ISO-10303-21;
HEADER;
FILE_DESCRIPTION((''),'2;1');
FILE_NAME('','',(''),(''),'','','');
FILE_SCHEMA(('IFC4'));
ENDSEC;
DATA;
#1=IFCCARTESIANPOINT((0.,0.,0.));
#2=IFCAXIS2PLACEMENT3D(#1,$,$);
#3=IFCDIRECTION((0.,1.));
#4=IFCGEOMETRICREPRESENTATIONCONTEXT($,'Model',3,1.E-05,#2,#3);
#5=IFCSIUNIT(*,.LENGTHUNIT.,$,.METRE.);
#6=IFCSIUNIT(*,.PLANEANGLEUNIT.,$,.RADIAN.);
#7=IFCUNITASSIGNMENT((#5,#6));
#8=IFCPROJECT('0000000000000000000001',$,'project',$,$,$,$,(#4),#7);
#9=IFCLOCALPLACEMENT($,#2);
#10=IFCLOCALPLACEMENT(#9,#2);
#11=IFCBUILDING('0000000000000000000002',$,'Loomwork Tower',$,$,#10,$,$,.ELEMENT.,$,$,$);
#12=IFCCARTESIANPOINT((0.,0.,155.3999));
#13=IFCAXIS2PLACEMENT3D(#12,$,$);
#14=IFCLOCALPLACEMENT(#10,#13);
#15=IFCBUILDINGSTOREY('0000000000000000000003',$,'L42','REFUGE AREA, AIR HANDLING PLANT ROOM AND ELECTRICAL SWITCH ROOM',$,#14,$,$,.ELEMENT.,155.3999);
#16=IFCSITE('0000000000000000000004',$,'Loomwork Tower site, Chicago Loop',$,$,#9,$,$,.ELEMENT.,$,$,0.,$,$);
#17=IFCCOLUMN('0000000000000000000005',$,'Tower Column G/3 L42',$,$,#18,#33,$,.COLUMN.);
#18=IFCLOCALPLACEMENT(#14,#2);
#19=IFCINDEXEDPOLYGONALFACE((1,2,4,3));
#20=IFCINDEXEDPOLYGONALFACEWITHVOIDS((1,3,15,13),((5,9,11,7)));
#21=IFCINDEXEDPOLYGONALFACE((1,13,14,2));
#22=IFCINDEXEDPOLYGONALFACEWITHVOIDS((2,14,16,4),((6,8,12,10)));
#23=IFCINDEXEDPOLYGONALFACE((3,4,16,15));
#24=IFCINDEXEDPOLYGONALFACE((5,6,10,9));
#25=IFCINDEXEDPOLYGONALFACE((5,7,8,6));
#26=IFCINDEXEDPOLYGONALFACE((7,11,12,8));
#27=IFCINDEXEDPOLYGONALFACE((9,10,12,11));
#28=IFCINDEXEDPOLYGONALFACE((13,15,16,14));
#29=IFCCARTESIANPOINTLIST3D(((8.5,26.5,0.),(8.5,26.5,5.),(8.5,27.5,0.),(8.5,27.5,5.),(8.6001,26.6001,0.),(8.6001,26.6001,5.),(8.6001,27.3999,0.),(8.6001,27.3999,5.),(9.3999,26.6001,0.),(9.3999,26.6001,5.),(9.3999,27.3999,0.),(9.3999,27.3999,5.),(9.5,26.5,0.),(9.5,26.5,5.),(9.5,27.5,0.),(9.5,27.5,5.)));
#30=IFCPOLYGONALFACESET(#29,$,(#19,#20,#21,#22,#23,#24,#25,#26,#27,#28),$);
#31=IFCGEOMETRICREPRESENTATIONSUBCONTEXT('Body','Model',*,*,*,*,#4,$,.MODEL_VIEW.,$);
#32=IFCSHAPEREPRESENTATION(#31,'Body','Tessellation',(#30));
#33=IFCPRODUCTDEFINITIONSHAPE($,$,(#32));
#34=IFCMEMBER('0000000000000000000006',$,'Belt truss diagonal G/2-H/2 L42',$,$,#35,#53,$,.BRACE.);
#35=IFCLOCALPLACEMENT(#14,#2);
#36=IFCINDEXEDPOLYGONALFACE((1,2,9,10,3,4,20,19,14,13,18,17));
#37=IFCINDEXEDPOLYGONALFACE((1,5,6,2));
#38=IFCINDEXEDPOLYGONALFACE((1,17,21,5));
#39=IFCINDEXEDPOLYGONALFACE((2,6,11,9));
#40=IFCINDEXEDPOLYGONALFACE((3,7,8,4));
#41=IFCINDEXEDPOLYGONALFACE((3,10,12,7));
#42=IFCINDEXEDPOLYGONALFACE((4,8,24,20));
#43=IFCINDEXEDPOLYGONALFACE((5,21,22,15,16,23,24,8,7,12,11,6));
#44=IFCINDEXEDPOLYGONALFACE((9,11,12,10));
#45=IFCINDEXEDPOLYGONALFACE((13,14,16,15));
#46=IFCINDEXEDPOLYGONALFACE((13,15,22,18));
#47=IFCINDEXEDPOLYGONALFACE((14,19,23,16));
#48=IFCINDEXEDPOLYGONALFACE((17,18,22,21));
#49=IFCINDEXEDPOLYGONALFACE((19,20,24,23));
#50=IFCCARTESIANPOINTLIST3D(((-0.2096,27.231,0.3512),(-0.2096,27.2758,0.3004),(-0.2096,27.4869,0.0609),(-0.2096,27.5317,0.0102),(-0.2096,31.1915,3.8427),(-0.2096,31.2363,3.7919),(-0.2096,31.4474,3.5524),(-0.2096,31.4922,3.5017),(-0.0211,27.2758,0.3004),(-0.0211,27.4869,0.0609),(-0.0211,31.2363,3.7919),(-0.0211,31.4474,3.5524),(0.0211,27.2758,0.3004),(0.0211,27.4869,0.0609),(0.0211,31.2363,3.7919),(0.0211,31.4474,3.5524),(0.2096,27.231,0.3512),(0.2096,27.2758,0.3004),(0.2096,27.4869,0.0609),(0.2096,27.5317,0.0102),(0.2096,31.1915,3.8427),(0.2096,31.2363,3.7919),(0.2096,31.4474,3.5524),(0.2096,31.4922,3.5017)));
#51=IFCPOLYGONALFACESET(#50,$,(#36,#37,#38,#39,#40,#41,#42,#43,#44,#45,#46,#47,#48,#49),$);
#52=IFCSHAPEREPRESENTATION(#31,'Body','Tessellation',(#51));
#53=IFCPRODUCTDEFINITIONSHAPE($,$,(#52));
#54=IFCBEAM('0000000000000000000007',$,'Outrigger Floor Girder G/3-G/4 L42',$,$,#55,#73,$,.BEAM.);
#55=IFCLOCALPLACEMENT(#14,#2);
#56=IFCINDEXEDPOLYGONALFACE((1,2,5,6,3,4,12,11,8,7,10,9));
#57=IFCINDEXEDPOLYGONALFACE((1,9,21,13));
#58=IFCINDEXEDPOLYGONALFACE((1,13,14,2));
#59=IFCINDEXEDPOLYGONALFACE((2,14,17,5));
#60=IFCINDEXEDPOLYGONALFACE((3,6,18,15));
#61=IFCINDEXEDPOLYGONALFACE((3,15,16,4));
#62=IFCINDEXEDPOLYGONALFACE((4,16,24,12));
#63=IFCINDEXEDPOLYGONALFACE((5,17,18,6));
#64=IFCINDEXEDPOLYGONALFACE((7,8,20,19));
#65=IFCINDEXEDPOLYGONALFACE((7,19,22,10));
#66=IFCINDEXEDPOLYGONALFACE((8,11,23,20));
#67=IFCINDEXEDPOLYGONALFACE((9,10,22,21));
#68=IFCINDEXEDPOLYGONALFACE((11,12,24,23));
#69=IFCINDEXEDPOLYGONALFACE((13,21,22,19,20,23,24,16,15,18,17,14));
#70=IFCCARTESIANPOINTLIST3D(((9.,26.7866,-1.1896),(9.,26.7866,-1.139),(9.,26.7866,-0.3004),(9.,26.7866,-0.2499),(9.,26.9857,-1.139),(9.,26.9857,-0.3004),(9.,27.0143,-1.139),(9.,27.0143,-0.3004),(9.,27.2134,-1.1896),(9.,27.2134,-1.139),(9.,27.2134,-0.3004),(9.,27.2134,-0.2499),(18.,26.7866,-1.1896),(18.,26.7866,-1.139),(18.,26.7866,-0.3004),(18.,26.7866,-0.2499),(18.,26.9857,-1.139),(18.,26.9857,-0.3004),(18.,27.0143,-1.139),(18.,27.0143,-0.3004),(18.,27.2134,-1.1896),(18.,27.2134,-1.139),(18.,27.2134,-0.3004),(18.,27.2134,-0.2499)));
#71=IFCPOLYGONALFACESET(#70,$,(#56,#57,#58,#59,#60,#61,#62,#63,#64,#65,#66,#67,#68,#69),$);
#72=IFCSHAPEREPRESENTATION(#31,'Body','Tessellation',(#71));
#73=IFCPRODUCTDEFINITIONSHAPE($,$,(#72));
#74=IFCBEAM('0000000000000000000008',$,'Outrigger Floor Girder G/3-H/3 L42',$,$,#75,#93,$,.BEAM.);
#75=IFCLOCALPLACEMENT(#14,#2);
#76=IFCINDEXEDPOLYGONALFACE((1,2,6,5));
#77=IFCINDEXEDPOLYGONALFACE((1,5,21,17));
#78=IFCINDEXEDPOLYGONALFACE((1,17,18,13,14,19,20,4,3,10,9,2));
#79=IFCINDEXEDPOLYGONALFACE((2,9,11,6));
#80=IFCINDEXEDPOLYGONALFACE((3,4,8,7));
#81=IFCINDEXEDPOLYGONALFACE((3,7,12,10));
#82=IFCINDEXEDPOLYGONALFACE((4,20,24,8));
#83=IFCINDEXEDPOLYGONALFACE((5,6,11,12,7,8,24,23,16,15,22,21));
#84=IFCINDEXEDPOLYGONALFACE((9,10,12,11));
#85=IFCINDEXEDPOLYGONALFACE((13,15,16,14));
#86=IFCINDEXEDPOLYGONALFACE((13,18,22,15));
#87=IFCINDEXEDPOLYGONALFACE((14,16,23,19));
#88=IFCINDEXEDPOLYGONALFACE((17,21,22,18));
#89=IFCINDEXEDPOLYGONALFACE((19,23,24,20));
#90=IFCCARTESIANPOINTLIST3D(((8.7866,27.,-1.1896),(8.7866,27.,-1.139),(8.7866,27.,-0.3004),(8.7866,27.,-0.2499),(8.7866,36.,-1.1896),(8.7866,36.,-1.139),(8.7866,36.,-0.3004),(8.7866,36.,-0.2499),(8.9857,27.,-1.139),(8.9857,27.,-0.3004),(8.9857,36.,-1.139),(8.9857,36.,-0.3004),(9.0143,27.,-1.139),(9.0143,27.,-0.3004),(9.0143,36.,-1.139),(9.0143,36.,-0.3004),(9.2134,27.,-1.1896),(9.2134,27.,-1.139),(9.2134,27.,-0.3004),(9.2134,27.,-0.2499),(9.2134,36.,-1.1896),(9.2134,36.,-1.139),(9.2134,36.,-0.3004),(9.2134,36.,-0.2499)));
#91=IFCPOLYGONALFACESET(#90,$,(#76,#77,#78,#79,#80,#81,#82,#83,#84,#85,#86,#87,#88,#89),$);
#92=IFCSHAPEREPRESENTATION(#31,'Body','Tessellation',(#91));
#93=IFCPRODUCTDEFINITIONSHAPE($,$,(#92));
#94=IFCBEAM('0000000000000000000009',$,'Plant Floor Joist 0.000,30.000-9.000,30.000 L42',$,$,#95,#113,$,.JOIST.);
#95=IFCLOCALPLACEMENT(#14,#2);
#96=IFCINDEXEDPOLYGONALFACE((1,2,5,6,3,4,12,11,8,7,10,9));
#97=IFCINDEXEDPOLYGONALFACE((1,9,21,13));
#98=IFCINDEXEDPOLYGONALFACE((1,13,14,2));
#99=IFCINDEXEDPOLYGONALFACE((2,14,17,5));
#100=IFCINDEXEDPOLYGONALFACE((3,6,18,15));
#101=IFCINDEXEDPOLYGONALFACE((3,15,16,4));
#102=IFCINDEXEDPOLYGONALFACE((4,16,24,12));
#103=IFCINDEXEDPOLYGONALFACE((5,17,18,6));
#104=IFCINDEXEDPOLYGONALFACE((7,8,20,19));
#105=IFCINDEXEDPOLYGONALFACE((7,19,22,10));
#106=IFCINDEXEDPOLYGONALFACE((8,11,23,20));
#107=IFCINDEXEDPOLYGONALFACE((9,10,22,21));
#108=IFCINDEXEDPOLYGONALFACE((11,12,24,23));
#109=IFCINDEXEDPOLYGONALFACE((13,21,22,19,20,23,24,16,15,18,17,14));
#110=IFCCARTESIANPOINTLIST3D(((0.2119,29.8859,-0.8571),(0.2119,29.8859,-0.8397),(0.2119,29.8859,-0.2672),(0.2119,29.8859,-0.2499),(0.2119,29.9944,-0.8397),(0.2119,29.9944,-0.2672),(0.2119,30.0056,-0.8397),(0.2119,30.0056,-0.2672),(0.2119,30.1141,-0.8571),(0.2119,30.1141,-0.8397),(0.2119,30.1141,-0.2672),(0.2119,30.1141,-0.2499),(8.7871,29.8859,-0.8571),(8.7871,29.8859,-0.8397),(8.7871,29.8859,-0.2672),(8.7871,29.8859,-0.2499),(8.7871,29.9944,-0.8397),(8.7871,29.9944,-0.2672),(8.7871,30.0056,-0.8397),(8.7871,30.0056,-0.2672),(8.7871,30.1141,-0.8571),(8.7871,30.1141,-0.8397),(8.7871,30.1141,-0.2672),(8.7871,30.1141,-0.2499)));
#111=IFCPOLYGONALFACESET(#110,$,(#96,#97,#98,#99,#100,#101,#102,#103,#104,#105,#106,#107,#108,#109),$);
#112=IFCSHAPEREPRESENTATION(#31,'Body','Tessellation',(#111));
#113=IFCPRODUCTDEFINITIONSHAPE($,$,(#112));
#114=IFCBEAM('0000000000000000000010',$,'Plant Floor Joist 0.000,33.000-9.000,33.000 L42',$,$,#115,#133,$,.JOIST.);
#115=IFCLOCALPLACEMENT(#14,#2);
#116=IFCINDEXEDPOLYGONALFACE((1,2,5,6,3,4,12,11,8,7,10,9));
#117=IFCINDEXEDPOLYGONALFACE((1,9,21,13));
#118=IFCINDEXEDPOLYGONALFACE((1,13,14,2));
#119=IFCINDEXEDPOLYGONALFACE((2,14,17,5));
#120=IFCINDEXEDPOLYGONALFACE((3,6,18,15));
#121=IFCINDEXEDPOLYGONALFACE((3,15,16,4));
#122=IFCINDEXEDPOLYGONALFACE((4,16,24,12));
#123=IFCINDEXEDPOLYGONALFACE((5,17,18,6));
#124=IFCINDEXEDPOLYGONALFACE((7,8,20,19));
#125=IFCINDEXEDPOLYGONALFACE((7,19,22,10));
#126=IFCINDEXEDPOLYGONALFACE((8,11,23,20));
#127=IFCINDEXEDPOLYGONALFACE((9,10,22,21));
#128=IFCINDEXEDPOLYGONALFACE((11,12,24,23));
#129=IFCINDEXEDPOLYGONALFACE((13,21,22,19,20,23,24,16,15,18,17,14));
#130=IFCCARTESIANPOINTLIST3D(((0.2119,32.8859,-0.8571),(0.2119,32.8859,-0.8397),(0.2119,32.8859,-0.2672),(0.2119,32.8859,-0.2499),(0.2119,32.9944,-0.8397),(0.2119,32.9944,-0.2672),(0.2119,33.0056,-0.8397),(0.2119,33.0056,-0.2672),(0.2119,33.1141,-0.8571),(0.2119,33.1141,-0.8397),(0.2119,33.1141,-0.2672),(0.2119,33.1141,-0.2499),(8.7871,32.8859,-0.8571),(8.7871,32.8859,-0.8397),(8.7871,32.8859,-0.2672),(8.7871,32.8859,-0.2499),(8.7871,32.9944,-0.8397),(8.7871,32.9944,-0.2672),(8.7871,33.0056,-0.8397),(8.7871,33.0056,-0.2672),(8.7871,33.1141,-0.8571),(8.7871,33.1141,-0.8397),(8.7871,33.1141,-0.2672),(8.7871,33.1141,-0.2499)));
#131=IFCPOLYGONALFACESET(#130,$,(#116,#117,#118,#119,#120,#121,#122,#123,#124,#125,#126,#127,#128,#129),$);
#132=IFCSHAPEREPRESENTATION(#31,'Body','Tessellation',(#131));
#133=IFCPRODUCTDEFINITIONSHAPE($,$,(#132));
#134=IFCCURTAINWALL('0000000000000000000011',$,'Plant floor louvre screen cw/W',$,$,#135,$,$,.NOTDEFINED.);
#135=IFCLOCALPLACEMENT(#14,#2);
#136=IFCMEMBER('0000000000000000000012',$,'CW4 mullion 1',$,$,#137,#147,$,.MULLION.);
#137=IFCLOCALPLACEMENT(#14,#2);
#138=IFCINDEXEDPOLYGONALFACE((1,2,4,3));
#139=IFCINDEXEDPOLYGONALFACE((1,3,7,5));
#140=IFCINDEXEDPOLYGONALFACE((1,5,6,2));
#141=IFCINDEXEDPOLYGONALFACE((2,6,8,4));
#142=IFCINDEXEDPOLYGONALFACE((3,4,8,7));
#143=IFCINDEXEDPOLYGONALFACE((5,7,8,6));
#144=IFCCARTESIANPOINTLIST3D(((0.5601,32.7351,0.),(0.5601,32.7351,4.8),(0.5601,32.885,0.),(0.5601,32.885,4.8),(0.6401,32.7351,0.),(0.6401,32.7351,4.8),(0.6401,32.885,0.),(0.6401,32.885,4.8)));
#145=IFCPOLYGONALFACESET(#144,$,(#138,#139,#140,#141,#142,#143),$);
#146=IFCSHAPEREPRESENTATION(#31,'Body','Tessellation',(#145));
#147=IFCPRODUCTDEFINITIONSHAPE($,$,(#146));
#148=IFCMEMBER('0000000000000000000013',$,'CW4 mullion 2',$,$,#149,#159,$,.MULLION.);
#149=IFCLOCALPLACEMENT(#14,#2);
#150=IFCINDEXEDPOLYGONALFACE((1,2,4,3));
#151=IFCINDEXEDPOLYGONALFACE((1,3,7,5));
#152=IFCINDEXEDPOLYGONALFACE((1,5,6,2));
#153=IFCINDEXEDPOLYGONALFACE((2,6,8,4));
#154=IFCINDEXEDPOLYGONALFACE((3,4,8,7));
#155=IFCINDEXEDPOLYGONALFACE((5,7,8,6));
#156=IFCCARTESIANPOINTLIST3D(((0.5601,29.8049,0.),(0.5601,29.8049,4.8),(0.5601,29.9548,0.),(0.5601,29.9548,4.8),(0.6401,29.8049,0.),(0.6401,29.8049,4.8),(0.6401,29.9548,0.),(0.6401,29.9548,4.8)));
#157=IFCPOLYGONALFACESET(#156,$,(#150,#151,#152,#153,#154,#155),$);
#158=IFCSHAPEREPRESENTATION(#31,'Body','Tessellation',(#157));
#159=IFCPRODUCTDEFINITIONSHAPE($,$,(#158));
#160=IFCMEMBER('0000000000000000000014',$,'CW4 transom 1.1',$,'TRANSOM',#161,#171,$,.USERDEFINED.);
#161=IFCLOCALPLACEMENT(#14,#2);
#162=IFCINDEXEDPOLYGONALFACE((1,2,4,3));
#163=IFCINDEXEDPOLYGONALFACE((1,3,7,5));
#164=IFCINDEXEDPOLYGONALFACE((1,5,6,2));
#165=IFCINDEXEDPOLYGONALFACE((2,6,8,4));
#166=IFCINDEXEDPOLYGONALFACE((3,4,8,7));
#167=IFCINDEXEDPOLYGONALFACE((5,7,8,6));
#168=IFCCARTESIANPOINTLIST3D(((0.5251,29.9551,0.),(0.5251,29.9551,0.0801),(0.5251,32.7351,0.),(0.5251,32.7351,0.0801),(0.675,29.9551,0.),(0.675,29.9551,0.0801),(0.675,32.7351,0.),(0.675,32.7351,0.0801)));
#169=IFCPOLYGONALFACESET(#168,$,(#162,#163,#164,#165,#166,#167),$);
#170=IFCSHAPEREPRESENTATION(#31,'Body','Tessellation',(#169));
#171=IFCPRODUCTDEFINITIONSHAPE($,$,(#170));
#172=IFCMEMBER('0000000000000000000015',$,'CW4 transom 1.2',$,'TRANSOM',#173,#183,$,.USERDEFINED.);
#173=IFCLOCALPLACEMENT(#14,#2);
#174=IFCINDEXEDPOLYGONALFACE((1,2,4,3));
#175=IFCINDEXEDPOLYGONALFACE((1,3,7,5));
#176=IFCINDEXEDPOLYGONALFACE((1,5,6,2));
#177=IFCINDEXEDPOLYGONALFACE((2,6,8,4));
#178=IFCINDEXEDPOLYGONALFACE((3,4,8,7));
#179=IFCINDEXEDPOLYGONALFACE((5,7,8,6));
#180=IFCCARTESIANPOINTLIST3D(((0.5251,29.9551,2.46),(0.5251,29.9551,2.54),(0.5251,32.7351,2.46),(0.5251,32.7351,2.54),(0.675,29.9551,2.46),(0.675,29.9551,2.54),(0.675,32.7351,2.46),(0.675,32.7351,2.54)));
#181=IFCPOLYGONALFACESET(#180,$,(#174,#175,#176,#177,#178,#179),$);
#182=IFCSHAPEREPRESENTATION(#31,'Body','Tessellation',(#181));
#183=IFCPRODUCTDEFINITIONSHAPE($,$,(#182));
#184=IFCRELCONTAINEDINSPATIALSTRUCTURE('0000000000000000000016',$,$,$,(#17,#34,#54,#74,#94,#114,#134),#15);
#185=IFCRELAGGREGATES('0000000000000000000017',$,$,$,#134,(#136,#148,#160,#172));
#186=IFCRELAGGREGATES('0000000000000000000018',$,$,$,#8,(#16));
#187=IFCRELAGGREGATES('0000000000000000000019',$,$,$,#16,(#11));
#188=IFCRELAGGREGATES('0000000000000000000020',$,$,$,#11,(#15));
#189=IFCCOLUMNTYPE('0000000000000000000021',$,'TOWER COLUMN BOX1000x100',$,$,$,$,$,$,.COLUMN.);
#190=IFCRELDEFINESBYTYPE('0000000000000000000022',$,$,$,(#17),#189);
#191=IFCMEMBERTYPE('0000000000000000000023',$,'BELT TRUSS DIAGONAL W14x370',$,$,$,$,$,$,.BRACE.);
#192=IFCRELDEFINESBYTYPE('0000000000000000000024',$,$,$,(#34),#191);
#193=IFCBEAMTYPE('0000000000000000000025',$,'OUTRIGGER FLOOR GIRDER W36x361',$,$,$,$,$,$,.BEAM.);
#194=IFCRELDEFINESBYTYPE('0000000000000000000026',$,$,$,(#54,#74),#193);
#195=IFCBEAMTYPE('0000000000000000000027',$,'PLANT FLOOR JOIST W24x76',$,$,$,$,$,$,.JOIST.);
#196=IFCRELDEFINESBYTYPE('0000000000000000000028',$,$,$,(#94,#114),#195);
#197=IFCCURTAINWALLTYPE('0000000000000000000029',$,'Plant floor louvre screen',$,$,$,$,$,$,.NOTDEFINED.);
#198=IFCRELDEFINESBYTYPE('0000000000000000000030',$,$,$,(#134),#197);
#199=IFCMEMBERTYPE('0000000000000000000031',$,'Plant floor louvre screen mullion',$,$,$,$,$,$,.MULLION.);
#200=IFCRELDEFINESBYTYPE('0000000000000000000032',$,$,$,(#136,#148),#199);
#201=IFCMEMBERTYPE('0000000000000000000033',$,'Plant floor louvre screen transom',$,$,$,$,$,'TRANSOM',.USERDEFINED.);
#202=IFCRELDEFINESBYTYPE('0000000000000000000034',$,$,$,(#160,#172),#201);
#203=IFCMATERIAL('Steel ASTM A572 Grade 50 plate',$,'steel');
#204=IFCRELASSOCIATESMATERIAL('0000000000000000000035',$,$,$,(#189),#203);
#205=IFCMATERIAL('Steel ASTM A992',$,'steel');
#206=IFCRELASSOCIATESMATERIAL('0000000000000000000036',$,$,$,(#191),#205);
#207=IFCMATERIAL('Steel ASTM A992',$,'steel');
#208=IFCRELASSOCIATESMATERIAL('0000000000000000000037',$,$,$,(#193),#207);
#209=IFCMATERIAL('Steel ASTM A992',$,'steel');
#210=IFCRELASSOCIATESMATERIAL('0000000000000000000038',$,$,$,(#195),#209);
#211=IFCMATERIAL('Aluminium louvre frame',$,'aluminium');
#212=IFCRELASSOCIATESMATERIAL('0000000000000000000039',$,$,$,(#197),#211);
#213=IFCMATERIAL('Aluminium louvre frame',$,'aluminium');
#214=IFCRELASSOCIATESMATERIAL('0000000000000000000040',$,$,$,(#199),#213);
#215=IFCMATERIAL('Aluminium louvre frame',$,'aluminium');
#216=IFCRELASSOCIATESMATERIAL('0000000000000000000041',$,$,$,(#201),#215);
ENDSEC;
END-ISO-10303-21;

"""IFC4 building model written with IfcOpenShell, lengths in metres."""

from ifc_helpers import new_model, si_unit, direction, frame, origin, origin_2d, place, context, subcontext, project, spatial, rectangle, hollow_rectangle, i_section, extrude, material, material_profile, profile_set, type_object, element, aggregate, save


model = new_model("IFC4")

# Units and contexts
model_context = context("Model", 3, precision=1e-05, world=origin(), true_north=direction((0.0, 1.0)))
body_context = subcontext(model_context, "Body", "Model", "MODEL_VIEW")
ifc_project = project(units=[si_unit("LENGTHUNIT", "METRE"), si_unit("PLANEANGLEUNIT", "RADIAN")], contexts=[model_context])

# Site, building, storey
site_placement = place(None, origin())
site = spatial("IfcSite", under=ifc_project, at=site_placement, Name="Loomwork Tower site, Chicago Loop", CompositionType="ELEMENT", RefElevation=0.0)
building_placement = place(site_placement, origin())
building = spatial("IfcBuilding", under=site, at=building_placement, Name="Loomwork Tower", CompositionType="ELEMENT")
storey_placement = place(building_placement, frame((0.0, 0.0, 155.3999)))
storey = spatial("IfcBuildingStorey", under=building, at=storey_placement, Name="L42", Description="REFUGE AREA, AIR HANDLING PLANT ROOM AND ELECTRICAL SWITCH ROOM", CompositionType="ELEMENT", Elevation=155.3999)

# Column
ifc_material_1 = material(Name="Steel ASTM A572 Grade 50 plate", Category="steel")
ifc_material_profile_1 = material_profile(ifc_material_1, hollow_rectangle(XDim=1.0, YDim=1.0, WallThickness=0.1001, at=origin_2d()), Name="BOX1000x100")
ifc_profile_set_1 = profile_set([ifc_material_profile_1], Name="Steel ASTM A572 Grade 50 plate")
column_type = type_object("IfcColumnType", Name="TOWER COLUMN BOX1000x100", PredefinedType="COLUMN", material=ifc_profile_set_1)
column_placement = place(storey_placement, frame((9.0, 27.0, 0.0), z_axis=(0.0, 0.0, 1.0), x_axis=(1.0, 0.0, 0.0)))
element("IfcColumn", 1, at=column_placement, inside=storey, type_object=column_type, Name="Tower Column G/3 L42", PredefinedType="COLUMN", context=body_context, shape_type="SweptSolid", body=[
    extrude(hollow_rectangle(XDim=1.0, YDim=1.0, WallThickness=0.1001, at=origin_2d()), origin(), (0.0, 0.0, 1.0), 5.0),
])

# Member
ifc_material_2 = material(Name="Steel ASTM A992", Category="steel")
ifc_material_profile_2 = material_profile(ifc_material_2, i_section(OverallWidth=0.4192, OverallDepth=0.4546, WebThickness=0.0422, FlangeThickness=0.0676, at=origin_2d()), Name="W14x370")
ifc_profile_set_2 = profile_set([ifc_material_profile_2], Name="Steel ASTM A992")
member_type_1 = type_object("IfcMemberType", Name="BELT TRUSS DIAGONAL W14x370", PredefinedType="BRACE", material=ifc_profile_set_2)
member_1_placement = place(storey_placement, frame((0.0, 27.3813, 0.1807), z_axis=(0.0, 0.750125, 0.661296), x_axis=(-1.0, 0.0, 0.0)))
element("IfcMember", 2, at=member_1_placement, inside=storey, type_object=member_type_1, Name="Belt truss diagonal G/2-H/2 L42", PredefinedType="BRACE", context=body_context, shape_type="SweptSolid", body=[
    extrude(i_section(OverallWidth=0.4192, OverallDepth=0.4546, WebThickness=0.0422, FlangeThickness=0.0676, at=origin_2d()), origin(), (0.0, 0.0, 1.0), 5.2798),
])

# Beams
ifc_material_3 = material(Name="Steel ASTM A992", Category="steel")
ifc_material_profile_3 = material_profile(ifc_material_3, i_section(OverallWidth=0.4268, OverallDepth=0.9397, WebThickness=0.0286, FlangeThickness=0.0505, at=origin_2d()), Name="W36x361")
ifc_profile_set_3 = profile_set([ifc_material_profile_3], Name="Steel ASTM A992")
beam_type_1 = type_object("IfcBeamType", Name="OUTRIGGER FLOOR GIRDER W36x361", PredefinedType="BEAM", material=ifc_profile_set_3)
for number, where, z_axis, x_axis, name in (
    (3, (9.0, 27.0, -0.7197), (1.0, 0.0, 0.0), (0.0, 1.0, 0.0), "Outrigger Floor Girder G/3-G/4 L42"),
    (4, (9.0, 27.0, -0.7197), (0.0, 1.0, 0.0), (-1.0, 0.0, 0.0), "Outrigger Floor Girder G/3-H/3 L42"),
):
    element("IfcBeam", number, at=place(storey_placement, frame(where, z_axis=z_axis, x_axis=x_axis)), inside=storey, type_object=beam_type_1, Name=name, PredefinedType="BEAM", context=body_context, shape_type="SweptSolid", body=[
        extrude(i_section(OverallWidth=0.4268, OverallDepth=0.9397, WebThickness=0.0286, FlangeThickness=0.0505, at=origin_2d()), origin(), (0.0, 0.0, 1.0), 9.0),
    ])
ifc_material_4 = material(Name="Steel ASTM A992", Category="steel")
ifc_material_profile_4 = material_profile(ifc_material_4, i_section(OverallWidth=0.2283, OverallDepth=0.6072, WebThickness=0.0112, FlangeThickness=0.0173, at=origin_2d()), Name="W24x76")
ifc_profile_set_4 = profile_set([ifc_material_profile_4], Name="Steel ASTM A992")
beam_type_2 = type_object("IfcBeamType", Name="PLANT FLOOR JOIST W24x76", PredefinedType="JOIST", material=ifc_profile_set_4)
for number, where, z_axis, x_axis, name in (
    (5, (0.2119, 30.0, -0.5535), (1.0, 0.0, 0.0), (0.0, 1.0, 0.0), "Plant Floor Joist 0.000,30.000-9.000,30.000 L42"),
    (6, (0.2119, 33.0, -0.5535), (1.0, 0.0, 0.0), (0.0, 1.0, 0.0), "Plant Floor Joist 0.000,33.000-9.000,33.000 L42"),
):
    element("IfcBeam", number, at=place(storey_placement, frame(where, z_axis=z_axis, x_axis=x_axis)), inside=storey, type_object=beam_type_2, Name=name, PredefinedType="JOIST", context=body_context, shape_type="SweptSolid", body=[
        extrude(i_section(OverallWidth=0.2283, OverallDepth=0.6072, WebThickness=0.0112, FlangeThickness=0.0173, at=origin_2d()), origin(), (0.0, 0.0, 1.0), 8.5752),
    ])

# Curtain wall, members
ifc_material_5 = material(Name="Aluminium louvre frame", Category="aluminium")
curtain_wall_type = type_object("IfcCurtainWallType", Name="Plant floor louvre screen", PredefinedType="NOTDEFINED", material=ifc_material_5)
curtain_wall_placement = place(storey_placement, origin())
curtain_wall = element("IfcCurtainWall", 7, at=curtain_wall_placement, inside=storey, type_object=curtain_wall_type, Name="Plant floor louvre screen cw/W", PredefinedType="NOTDEFINED")
ifc_material_6 = material(Name="Aluminium louvre frame", Category="aluminium")
ifc_material_profile_5 = material_profile(ifc_material_6, rectangle(XDim=0.0801, YDim=0.1499, at=origin_2d()), Name="AL 80x150")
ifc_profile_set_5 = profile_set([ifc_material_profile_5], Name="Aluminium louvre frame")
member_type_2 = type_object("IfcMemberType", Name="Plant floor louvre screen mullion", PredefinedType="MULLION", material=ifc_profile_set_5)
member_2_placement = place(storey_placement, frame((0.6001, 32.8101, 0.0), z_axis=(0.0, 0.0, 1.0), x_axis=(1.0, 0.0, 0.0)))
member_2 = element("IfcMember", 8, at=member_2_placement, type_object=member_type_2, Name="CW4 mullion 1", PredefinedType="MULLION", context=body_context, shape_type="SweptSolid", body=[
    extrude(rectangle(XDim=0.0801, YDim=0.1499, at=origin_2d()), origin(), (0.0, 0.0, 1.0), 4.8),
])
member_3_placement = place(storey_placement, frame((0.6001, 29.8799, 0.0), z_axis=(0.0, 0.0, 1.0), x_axis=(1.0, 0.0, 0.0)))
member_3 = element("IfcMember", 9, at=member_3_placement, type_object=member_type_2, Name="CW4 mullion 2", PredefinedType="MULLION", context=body_context, shape_type="SweptSolid", body=[
    extrude(rectangle(XDim=0.0801, YDim=0.1499, at=origin_2d()), origin(), (0.0, 0.0, 1.0), 4.8),
])
ifc_material_7 = material(Name="Aluminium louvre frame", Category="aluminium")
ifc_material_profile_6 = material_profile(ifc_material_7, rectangle(XDim=0.1499, YDim=0.0801, at=origin_2d()), Name="AL 80x150")
ifc_profile_set_6 = profile_set([ifc_material_profile_6], Name="Aluminium louvre frame")
member_type_3 = type_object("IfcMemberType", Name="Plant floor louvre screen transom", ElementType="TRANSOM", PredefinedType="USERDEFINED", material=ifc_profile_set_6)
member_4_placement = place(storey_placement, frame((0.6001, 32.7351, 0.04), z_axis=(0.0, -1.0, 0.0), x_axis=(1.0, 0.0, 0.0)))
member_4 = element("IfcMember", 10, at=member_4_placement, type_object=member_type_3, Name="CW4 transom 1.1", ObjectType="TRANSOM", PredefinedType="USERDEFINED", context=body_context, shape_type="SweptSolid", body=[
    extrude(rectangle(XDim=0.1499, YDim=0.0801, at=origin_2d()), origin(), (0.0, 0.0, 1.0), 2.78),
])
member_5_placement = place(storey_placement, frame((0.6001, 32.7351, 2.5), z_axis=(0.0, -1.0, 0.0), x_axis=(1.0, 0.0, 0.0)))
member_5 = element("IfcMember", 11, at=member_5_placement, type_object=member_type_3, Name="CW4 transom 1.2", ObjectType="TRANSOM", PredefinedType="USERDEFINED", context=body_context, shape_type="SweptSolid", body=[
    extrude(rectangle(XDim=0.1499, YDim=0.0801, at=origin_2d()), origin(), (0.0, 0.0, 1.0), 2.78),
])
aggregate(curtain_wall, [member_2, member_3, member_4, member_5])

save(model, "model.ifc")
